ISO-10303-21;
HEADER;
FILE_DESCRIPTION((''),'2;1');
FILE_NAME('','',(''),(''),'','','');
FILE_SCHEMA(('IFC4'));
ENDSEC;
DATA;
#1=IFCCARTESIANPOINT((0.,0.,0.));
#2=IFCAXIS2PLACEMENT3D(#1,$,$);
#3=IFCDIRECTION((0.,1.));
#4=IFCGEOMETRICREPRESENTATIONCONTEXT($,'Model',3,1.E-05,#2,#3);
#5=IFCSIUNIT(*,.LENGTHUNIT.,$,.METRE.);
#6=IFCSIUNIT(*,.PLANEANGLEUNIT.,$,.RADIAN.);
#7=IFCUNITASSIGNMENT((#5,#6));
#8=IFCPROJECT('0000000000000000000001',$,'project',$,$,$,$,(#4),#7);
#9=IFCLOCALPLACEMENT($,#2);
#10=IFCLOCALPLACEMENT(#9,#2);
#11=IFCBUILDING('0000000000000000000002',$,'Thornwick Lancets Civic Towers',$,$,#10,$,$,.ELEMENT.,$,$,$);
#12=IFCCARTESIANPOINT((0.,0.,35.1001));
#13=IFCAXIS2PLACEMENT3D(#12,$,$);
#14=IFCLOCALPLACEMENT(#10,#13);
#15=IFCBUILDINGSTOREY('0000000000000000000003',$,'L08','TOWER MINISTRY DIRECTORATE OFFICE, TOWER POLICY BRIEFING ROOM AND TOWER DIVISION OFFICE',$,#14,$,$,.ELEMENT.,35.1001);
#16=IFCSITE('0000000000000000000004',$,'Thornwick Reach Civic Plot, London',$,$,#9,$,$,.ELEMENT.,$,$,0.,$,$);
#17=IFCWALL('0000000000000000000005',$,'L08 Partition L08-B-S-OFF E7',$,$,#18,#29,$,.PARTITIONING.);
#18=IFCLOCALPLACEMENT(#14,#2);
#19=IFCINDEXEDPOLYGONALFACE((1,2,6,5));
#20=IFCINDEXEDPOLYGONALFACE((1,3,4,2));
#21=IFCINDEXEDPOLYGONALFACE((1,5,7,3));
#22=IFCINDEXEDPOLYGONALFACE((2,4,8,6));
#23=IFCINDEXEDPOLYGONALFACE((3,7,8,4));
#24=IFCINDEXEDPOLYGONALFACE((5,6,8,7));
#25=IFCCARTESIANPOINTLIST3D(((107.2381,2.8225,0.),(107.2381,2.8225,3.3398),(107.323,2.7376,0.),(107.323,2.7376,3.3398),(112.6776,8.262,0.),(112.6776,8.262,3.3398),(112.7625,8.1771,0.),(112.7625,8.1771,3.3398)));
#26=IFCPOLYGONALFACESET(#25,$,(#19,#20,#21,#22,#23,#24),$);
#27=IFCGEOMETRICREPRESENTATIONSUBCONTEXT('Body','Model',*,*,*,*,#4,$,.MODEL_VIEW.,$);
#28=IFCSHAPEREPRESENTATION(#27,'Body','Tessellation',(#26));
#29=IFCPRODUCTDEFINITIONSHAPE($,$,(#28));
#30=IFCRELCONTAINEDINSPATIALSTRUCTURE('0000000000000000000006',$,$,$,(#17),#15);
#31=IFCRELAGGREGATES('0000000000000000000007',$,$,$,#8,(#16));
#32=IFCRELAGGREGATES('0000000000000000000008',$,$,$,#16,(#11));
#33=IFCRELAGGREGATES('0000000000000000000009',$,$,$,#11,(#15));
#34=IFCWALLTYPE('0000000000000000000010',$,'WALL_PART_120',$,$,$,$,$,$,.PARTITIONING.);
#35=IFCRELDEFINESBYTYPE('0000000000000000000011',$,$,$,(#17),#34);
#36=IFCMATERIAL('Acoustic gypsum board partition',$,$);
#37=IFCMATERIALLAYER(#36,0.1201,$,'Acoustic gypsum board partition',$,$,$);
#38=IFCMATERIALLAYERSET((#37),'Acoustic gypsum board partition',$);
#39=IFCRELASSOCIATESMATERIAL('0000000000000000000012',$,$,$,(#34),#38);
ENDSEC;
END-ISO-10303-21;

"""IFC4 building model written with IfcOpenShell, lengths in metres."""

from ifc_helpers import new_model, si_unit, direction, frame, frame_2d, origin, place, context, subcontext, project, spatial, rectangle, extrude, material, layer, layer_set, type_object, element, save


model = new_model("IFC4")

# Units and contexts
model_context = context("Model", 3, precision=1e-05, world=origin(), true_north=direction((0.0, 1.0)))
body_context = subcontext(model_context, "Body", "Model", "MODEL_VIEW")
ifc_project = project(units=[si_unit("LENGTHUNIT", "METRE"), si_unit("PLANEANGLEUNIT", "RADIAN")], contexts=[model_context])

# Site, building, storey
site_placement = place(None, origin())
site = spatial("IfcSite", under=ifc_project, at=site_placement, Name="Thornwick Reach Civic Plot, London", CompositionType="ELEMENT", RefElevation=0.0)
building_placement = place(site_placement, origin())
building = spatial("IfcBuilding", under=site, at=building_placement, Name="Thornwick Lancets Civic Towers", CompositionType="ELEMENT")
storey_placement = place(building_placement, frame((0.0, 0.0, 35.1001)))
storey = spatial("IfcBuildingStorey", under=building, at=storey_placement, Name="L08", Description="TOWER MINISTRY DIRECTORATE OFFICE, TOWER POLICY BRIEFING ROOM AND TOWER DIVISION OFFICE", CompositionType="ELEMENT", Elevation=35.1001)

# Wall
ifc_material_1 = material(Name="Acoustic gypsum board partition")
ifc_layer_1 = layer(ifc_material_1, 0.1201, Name="Acoustic gypsum board partition")
ifc_layer_set_1 = layer_set([ifc_layer_1], Name="Acoustic gypsum board partition")
wall_type_1 = type_object("IfcWallType", Name="WALL_PART_120", PredefinedType="PARTITIONING", material=ifc_layer_set_1)
wall_1_placement = place(storey_placement, frame((112.72, 8.2195, 0.0), z_axis=(0.0, 0.0, 1.0), x_axis=(-0.707107, -0.707107, 0.0)))
element("IfcWall", 1, at=wall_1_placement, inside=storey, type_object=wall_type_1, Name="L08 Partition L08-B-S-OFF E7", PredefinedType="PARTITIONING", context=body_context, shape_type="SweptSolid", body=[
    extrude(rectangle(XDim=7.6926, YDim=0.1201, at=frame_2d((3.8462, 0.0))), origin(), (0.0, 0.0, 1.0), 3.3398),
])

save(model, "model.ifc")
